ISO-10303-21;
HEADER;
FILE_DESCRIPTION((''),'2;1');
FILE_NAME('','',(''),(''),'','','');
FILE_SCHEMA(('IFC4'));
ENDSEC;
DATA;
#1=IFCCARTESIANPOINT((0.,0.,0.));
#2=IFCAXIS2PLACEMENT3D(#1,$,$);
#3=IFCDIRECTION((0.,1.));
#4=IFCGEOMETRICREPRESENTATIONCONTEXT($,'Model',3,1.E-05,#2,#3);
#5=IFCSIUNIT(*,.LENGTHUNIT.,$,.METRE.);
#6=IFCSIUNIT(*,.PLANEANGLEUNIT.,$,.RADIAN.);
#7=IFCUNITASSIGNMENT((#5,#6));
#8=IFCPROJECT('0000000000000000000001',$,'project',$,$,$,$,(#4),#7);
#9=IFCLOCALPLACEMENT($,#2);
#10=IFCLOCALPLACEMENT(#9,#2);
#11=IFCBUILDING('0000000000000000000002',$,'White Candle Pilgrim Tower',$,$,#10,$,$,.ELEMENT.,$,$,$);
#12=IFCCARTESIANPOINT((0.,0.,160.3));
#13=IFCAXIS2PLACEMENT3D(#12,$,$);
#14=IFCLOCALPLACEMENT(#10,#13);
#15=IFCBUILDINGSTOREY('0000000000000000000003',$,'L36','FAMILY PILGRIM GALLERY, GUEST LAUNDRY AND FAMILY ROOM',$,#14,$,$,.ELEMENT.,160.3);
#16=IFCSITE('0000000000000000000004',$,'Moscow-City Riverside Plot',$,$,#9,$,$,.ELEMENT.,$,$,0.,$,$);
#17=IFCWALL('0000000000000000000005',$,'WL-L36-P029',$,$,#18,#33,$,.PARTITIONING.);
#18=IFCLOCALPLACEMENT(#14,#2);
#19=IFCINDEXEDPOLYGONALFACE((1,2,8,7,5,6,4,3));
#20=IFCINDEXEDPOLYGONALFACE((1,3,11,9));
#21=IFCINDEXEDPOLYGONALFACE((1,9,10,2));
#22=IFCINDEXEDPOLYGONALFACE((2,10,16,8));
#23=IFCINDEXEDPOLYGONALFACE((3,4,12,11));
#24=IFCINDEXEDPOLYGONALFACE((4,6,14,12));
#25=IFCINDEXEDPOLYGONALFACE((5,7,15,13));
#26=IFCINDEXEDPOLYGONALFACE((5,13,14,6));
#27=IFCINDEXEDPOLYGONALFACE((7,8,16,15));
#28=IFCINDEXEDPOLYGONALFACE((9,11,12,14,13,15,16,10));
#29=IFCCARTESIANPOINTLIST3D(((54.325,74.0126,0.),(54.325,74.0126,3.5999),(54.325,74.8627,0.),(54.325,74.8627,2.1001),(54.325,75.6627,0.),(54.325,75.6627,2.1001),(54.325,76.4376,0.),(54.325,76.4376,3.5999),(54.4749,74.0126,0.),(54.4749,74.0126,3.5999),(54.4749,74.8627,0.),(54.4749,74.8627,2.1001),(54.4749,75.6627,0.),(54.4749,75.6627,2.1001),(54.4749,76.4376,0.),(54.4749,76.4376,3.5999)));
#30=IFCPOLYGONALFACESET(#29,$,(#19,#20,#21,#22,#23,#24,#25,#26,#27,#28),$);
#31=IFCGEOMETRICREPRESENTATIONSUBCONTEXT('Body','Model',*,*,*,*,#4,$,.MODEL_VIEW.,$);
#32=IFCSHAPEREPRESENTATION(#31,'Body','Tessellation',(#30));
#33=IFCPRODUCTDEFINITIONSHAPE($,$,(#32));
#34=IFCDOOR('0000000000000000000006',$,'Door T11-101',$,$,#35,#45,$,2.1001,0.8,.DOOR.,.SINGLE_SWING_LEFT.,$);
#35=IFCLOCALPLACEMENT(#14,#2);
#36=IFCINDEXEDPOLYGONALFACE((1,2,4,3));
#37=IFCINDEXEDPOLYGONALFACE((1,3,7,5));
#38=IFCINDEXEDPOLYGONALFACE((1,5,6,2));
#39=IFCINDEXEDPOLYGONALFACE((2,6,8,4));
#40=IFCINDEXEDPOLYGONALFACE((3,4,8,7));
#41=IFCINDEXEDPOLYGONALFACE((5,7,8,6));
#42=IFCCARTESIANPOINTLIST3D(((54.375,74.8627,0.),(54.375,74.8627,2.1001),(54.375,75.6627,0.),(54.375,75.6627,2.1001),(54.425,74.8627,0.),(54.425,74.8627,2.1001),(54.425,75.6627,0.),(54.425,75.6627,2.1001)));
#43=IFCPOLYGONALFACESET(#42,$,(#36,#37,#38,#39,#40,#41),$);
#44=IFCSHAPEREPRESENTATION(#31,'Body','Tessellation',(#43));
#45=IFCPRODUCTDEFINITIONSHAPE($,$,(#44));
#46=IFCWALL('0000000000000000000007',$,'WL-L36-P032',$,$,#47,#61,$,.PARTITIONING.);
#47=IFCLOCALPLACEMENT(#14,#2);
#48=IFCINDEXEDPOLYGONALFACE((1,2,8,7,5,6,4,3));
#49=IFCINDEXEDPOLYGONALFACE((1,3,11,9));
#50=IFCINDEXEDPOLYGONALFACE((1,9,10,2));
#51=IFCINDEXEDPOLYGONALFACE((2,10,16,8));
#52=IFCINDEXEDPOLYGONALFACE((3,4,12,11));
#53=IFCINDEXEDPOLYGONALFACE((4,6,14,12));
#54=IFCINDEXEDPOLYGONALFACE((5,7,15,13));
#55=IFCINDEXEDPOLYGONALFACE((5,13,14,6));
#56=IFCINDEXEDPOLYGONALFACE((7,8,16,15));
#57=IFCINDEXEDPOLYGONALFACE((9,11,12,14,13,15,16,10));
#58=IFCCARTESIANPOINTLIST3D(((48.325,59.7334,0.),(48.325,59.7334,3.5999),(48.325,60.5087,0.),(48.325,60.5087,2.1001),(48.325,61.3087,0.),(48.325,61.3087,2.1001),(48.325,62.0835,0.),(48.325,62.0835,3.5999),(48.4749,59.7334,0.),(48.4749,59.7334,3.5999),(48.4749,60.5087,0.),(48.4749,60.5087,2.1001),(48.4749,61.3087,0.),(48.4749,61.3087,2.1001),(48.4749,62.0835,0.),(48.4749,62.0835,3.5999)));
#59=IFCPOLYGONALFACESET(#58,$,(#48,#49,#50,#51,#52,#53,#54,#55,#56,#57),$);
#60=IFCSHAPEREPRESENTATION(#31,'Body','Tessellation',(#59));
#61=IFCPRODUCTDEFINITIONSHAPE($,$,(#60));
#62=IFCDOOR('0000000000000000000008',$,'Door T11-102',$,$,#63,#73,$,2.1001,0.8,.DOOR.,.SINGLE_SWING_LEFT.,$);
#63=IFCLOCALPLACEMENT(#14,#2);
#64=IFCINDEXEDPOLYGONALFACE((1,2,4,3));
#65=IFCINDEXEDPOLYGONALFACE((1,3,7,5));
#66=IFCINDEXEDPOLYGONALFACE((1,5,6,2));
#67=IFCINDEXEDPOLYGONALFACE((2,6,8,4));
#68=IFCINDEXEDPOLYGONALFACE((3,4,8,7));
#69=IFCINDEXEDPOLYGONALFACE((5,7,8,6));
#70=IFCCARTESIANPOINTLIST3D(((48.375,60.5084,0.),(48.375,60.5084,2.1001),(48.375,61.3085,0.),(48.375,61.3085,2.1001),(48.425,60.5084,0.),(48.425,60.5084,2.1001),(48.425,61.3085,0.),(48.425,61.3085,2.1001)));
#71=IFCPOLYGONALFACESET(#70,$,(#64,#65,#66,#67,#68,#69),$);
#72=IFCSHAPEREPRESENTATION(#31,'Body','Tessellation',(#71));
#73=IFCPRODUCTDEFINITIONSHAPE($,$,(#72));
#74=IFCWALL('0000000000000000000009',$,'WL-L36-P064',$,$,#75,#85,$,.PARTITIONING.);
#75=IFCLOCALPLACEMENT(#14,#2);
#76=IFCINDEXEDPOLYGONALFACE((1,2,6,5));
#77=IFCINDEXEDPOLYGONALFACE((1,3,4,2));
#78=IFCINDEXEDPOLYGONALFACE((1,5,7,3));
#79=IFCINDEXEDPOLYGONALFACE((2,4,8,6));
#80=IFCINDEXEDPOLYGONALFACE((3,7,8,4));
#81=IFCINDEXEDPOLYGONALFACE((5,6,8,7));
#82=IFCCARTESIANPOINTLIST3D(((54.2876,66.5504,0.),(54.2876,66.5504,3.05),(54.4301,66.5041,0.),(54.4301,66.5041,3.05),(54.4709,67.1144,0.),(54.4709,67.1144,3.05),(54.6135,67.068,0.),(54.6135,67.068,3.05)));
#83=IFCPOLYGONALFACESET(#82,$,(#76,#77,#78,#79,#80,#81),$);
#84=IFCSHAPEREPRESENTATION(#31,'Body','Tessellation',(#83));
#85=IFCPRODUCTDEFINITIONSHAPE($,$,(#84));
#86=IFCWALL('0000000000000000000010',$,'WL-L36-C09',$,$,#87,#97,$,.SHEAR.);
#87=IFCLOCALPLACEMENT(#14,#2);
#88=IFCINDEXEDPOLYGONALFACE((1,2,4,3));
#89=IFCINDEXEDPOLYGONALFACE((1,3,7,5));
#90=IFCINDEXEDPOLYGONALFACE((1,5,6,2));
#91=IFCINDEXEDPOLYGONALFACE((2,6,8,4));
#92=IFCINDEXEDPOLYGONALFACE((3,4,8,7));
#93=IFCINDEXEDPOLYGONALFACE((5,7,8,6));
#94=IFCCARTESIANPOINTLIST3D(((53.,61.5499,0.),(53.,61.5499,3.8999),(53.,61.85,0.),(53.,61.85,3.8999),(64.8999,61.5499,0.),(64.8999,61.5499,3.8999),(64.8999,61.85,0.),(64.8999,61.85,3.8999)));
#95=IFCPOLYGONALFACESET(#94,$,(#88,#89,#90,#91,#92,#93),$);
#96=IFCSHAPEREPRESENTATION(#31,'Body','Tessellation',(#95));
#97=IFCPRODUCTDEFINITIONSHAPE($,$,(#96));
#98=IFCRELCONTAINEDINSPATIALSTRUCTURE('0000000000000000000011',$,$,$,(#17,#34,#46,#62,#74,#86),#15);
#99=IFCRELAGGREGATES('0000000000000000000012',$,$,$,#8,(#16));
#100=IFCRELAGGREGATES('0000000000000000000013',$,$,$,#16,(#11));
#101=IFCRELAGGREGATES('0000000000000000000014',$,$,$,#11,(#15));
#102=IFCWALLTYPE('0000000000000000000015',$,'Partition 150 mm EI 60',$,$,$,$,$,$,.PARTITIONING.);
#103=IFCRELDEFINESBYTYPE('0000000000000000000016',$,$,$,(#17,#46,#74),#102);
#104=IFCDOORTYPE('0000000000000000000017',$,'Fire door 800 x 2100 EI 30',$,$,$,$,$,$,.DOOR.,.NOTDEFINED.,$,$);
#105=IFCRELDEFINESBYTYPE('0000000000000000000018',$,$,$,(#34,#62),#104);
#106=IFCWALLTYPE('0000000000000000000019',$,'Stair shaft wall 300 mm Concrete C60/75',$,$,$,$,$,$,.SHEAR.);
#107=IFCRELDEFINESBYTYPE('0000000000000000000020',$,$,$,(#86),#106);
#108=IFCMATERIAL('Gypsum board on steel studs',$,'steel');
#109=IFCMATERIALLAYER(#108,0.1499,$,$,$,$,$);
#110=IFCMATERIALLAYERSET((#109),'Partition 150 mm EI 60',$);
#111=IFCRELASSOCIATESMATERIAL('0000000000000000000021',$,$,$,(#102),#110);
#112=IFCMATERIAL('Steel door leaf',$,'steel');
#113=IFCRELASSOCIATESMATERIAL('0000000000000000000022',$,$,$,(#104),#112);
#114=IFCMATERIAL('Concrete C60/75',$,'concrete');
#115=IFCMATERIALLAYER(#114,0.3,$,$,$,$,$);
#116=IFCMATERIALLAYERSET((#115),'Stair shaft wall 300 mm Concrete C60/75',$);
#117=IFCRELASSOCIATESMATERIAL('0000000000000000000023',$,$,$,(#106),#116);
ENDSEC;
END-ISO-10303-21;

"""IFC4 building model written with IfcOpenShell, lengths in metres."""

from ifc_helpers import new_model, si_unit, direction, frame, frame_2d, origin, place, context, subcontext, project, spatial, rectangle, extrude, material, layer, layer_set, type_object, element, fill, save


model = new_model("IFC4")

# Units and contexts
model_context = context("Model", 3, precision=1e-05, world=origin(), true_north=direction((0.0, 1.0)))
body_context = subcontext(model_context, "Body", "Model", "MODEL_VIEW")
ifc_project = project(units=[si_unit("LENGTHUNIT", "METRE"), si_unit("PLANEANGLEUNIT", "RADIAN")], contexts=[model_context])

# Site, building, storey
site_placement = place(None, origin())
site = spatial("IfcSite", under=ifc_project, at=site_placement, Name="Moscow-City Riverside Plot", CompositionType="ELEMENT", RefElevation=0.0)
building_placement = place(site_placement, origin())
building = spatial("IfcBuilding", under=site, at=building_placement, Name="White Candle Pilgrim Tower", CompositionType="ELEMENT")
storey_placement = place(building_placement, frame((0.0, 0.0, 160.3)))
storey = spatial("IfcBuildingStorey", under=building, at=storey_placement, Name="L36", Description="FAMILY PILGRIM GALLERY, GUEST LAUNDRY AND FAMILY ROOM", CompositionType="ELEMENT", Elevation=160.3)

# Shared definitions
ifc_material_1 = material(Name="Gypsum board on steel studs", Category="steel")
ifc_material_2 = material(Name="Steel door leaf", Category="steel")

# Shared definitions
ifc_layer_1 = layer(ifc_material_1, 0.1499)
ifc_layer_set_1 = layer_set([ifc_layer_1], Name="Partition 150 mm EI 60")
wall_type_1 = type_object("IfcWallType", Name="Partition 150 mm EI 60", PredefinedType="PARTITIONING", material=ifc_layer_set_1)

# Walls, openings, doors
wall_1_placement = place(storey_placement, frame((54.3999, 74.0127, 0.0), z_axis=(0.0, 0.0, 1.0), x_axis=(0.0, 1.0, 0.0)))
wall_1 = element("IfcWall", 1, at=wall_1_placement, inside=storey, type_object=wall_type_1, Name="WL-L36-P029", PredefinedType="PARTITIONING", context=body_context, shape_type="SweptSolid", body=[
    extrude(rectangle(XDim=2.425, YDim=0.1499, at=frame_2d((1.2124, 0.0))), origin(), (0.0, 0.0, 1.0), 3.5999),
])
opening_1_placement = place(wall_1_placement, frame((0.8501, 0.0, 0.0)))
opening_1 = element("IfcOpeningElement", 2, at=opening_1_placement, cuts=wall_1, PredefinedType="OPENING", context=body_context, shape_type="SweptSolid", body=[
    extrude(rectangle(XDim=0.8, YDim=2.1001, at=frame_2d((0.3999, 1.05))), frame((0.0, 0.085, 0.0), z_axis=(0.0, -1.0, 0.0), x_axis=(1.0, 0.0, 0.0)), (0.0, 0.0, 1.0), 0.1699),
])
door_type_1 = type_object("IfcDoorType", Name="Fire door 800 x 2100 EI 30", OperationType="NOTDEFINED", PredefinedType="DOOR", material=ifc_material_2)
door_1_placement = place(opening_1_placement, origin())
door_1 = element("IfcDoor", 3, at=door_1_placement, inside=storey, type_object=door_type_1, Name="Door T11-101", OperationType="SINGLE_SWING_LEFT", OverallHeight=2.1001, OverallWidth=0.8, PredefinedType="DOOR", context=body_context, shape_type="SweptSolid", body=[
    extrude(rectangle(XDim=0.8, YDim=2.1001, at=frame_2d((0.3999, 1.05))), frame((0.0, 0.0249, 0.0), z_axis=(0.0, -1.0, 0.0), x_axis=(1.0, 0.0, 0.0)), (0.0, 0.0, 1.0), 0.05),
])
fill(opening_1, door_1)
wall_2_placement = place(storey_placement, frame((48.3999, 62.0835, 0.0), z_axis=(0.0, 0.0, 1.0), x_axis=(0.0, -1.0, 0.0)))
wall_2 = element("IfcWall", 4, at=wall_2_placement, inside=storey, type_object=wall_type_1, Name="WL-L36-P032", PredefinedType="PARTITIONING", context=body_context, shape_type="SweptSolid", body=[
    extrude(rectangle(XDim=2.3501, YDim=0.1499, at=frame_2d((1.175, 0.0))), origin(), (0.0, 0.0, 1.0), 3.5999),
])
opening_2_placement = place(wall_2_placement, frame((0.7749, 0.0, 0.0)))
opening_2 = element("IfcOpeningElement", 5, at=opening_2_placement, cuts=wall_2, PredefinedType="OPENING", context=body_context, shape_type="SweptSolid", body=[
    extrude(rectangle(XDim=0.8, YDim=2.1001, at=frame_2d((0.3999, 1.05))), frame((0.0, 0.085, 0.0), z_axis=(0.0, -1.0, 0.0), x_axis=(1.0, 0.0, 0.0)), (0.0, 0.0, 1.0), 0.1699),
])
door_2_placement = place(opening_2_placement, frame((0.8, 0.0, 0.0), z_axis=(0.0, 0.0, 1.0), x_axis=(-1.0, 0.0, 0.0)))
door_2 = element("IfcDoor", 6, at=door_2_placement, inside=storey, type_object=door_type_1, Name="Door T11-102", OperationType="SINGLE_SWING_LEFT", OverallHeight=2.1001, OverallWidth=0.8, PredefinedType="DOOR", context=body_context, shape_type="SweptSolid", body=[
    extrude(rectangle(XDim=0.8, YDim=2.1001, at=frame_2d((0.3999, 1.05))), frame((0.0, 0.0249, 0.0), z_axis=(0.0, -1.0, 0.0), x_axis=(1.0, 0.0, 0.0)), (0.0, 0.0, 1.0), 0.05),
])
fill(opening_2, door_2)

# Walls
wall_3_placement = place(storey_placement, frame((54.3589, 66.5273, 0.0), z_axis=(0.0, 0.0, 1.0), x_axis=(0.309179, 0.951004, 0.0)))
element("IfcWall", 7, at=wall_3_placement, inside=storey, type_object=wall_type_1, Name="WL-L36-P064", PredefinedType="PARTITIONING", context=body_context, shape_type="SweptSolid", body=[
    extrude(rectangle(XDim=0.593, YDim=0.1499, at=frame_2d((0.2964, 0.0))), origin(), (0.0, 0.0, 1.0), 3.05),
])
ifc_material_3 = material(Name="Concrete C60/75", Category="concrete")
ifc_layer_2 = layer(ifc_material_3, 0.3)
ifc_layer_set_2 = layer_set([ifc_layer_2], Name="Stair shaft wall 300 mm Concrete C60/75")
wall_type_2 = type_object("IfcWallType", Name="Stair shaft wall 300 mm Concrete C60/75", PredefinedType="SHEAR", material=ifc_layer_set_2)
wall_4_placement = place(storey_placement, frame((53.0, 61.7, 0.0), z_axis=(0.0, 0.0, 1.0), x_axis=(1.0, 0.0, 0.0)))
element("IfcWall", 8, at=wall_4_placement, inside=storey, type_object=wall_type_2, Name="WL-L36-C09", PredefinedType="SHEAR", context=body_context, shape_type="SweptSolid", body=[
    extrude(rectangle(XDim=11.8999, YDim=0.3, at=frame_2d((5.95, 0.0))), origin(), (0.0, 0.0, 1.0), 3.8999),
])

save(model, "model.ifc")
